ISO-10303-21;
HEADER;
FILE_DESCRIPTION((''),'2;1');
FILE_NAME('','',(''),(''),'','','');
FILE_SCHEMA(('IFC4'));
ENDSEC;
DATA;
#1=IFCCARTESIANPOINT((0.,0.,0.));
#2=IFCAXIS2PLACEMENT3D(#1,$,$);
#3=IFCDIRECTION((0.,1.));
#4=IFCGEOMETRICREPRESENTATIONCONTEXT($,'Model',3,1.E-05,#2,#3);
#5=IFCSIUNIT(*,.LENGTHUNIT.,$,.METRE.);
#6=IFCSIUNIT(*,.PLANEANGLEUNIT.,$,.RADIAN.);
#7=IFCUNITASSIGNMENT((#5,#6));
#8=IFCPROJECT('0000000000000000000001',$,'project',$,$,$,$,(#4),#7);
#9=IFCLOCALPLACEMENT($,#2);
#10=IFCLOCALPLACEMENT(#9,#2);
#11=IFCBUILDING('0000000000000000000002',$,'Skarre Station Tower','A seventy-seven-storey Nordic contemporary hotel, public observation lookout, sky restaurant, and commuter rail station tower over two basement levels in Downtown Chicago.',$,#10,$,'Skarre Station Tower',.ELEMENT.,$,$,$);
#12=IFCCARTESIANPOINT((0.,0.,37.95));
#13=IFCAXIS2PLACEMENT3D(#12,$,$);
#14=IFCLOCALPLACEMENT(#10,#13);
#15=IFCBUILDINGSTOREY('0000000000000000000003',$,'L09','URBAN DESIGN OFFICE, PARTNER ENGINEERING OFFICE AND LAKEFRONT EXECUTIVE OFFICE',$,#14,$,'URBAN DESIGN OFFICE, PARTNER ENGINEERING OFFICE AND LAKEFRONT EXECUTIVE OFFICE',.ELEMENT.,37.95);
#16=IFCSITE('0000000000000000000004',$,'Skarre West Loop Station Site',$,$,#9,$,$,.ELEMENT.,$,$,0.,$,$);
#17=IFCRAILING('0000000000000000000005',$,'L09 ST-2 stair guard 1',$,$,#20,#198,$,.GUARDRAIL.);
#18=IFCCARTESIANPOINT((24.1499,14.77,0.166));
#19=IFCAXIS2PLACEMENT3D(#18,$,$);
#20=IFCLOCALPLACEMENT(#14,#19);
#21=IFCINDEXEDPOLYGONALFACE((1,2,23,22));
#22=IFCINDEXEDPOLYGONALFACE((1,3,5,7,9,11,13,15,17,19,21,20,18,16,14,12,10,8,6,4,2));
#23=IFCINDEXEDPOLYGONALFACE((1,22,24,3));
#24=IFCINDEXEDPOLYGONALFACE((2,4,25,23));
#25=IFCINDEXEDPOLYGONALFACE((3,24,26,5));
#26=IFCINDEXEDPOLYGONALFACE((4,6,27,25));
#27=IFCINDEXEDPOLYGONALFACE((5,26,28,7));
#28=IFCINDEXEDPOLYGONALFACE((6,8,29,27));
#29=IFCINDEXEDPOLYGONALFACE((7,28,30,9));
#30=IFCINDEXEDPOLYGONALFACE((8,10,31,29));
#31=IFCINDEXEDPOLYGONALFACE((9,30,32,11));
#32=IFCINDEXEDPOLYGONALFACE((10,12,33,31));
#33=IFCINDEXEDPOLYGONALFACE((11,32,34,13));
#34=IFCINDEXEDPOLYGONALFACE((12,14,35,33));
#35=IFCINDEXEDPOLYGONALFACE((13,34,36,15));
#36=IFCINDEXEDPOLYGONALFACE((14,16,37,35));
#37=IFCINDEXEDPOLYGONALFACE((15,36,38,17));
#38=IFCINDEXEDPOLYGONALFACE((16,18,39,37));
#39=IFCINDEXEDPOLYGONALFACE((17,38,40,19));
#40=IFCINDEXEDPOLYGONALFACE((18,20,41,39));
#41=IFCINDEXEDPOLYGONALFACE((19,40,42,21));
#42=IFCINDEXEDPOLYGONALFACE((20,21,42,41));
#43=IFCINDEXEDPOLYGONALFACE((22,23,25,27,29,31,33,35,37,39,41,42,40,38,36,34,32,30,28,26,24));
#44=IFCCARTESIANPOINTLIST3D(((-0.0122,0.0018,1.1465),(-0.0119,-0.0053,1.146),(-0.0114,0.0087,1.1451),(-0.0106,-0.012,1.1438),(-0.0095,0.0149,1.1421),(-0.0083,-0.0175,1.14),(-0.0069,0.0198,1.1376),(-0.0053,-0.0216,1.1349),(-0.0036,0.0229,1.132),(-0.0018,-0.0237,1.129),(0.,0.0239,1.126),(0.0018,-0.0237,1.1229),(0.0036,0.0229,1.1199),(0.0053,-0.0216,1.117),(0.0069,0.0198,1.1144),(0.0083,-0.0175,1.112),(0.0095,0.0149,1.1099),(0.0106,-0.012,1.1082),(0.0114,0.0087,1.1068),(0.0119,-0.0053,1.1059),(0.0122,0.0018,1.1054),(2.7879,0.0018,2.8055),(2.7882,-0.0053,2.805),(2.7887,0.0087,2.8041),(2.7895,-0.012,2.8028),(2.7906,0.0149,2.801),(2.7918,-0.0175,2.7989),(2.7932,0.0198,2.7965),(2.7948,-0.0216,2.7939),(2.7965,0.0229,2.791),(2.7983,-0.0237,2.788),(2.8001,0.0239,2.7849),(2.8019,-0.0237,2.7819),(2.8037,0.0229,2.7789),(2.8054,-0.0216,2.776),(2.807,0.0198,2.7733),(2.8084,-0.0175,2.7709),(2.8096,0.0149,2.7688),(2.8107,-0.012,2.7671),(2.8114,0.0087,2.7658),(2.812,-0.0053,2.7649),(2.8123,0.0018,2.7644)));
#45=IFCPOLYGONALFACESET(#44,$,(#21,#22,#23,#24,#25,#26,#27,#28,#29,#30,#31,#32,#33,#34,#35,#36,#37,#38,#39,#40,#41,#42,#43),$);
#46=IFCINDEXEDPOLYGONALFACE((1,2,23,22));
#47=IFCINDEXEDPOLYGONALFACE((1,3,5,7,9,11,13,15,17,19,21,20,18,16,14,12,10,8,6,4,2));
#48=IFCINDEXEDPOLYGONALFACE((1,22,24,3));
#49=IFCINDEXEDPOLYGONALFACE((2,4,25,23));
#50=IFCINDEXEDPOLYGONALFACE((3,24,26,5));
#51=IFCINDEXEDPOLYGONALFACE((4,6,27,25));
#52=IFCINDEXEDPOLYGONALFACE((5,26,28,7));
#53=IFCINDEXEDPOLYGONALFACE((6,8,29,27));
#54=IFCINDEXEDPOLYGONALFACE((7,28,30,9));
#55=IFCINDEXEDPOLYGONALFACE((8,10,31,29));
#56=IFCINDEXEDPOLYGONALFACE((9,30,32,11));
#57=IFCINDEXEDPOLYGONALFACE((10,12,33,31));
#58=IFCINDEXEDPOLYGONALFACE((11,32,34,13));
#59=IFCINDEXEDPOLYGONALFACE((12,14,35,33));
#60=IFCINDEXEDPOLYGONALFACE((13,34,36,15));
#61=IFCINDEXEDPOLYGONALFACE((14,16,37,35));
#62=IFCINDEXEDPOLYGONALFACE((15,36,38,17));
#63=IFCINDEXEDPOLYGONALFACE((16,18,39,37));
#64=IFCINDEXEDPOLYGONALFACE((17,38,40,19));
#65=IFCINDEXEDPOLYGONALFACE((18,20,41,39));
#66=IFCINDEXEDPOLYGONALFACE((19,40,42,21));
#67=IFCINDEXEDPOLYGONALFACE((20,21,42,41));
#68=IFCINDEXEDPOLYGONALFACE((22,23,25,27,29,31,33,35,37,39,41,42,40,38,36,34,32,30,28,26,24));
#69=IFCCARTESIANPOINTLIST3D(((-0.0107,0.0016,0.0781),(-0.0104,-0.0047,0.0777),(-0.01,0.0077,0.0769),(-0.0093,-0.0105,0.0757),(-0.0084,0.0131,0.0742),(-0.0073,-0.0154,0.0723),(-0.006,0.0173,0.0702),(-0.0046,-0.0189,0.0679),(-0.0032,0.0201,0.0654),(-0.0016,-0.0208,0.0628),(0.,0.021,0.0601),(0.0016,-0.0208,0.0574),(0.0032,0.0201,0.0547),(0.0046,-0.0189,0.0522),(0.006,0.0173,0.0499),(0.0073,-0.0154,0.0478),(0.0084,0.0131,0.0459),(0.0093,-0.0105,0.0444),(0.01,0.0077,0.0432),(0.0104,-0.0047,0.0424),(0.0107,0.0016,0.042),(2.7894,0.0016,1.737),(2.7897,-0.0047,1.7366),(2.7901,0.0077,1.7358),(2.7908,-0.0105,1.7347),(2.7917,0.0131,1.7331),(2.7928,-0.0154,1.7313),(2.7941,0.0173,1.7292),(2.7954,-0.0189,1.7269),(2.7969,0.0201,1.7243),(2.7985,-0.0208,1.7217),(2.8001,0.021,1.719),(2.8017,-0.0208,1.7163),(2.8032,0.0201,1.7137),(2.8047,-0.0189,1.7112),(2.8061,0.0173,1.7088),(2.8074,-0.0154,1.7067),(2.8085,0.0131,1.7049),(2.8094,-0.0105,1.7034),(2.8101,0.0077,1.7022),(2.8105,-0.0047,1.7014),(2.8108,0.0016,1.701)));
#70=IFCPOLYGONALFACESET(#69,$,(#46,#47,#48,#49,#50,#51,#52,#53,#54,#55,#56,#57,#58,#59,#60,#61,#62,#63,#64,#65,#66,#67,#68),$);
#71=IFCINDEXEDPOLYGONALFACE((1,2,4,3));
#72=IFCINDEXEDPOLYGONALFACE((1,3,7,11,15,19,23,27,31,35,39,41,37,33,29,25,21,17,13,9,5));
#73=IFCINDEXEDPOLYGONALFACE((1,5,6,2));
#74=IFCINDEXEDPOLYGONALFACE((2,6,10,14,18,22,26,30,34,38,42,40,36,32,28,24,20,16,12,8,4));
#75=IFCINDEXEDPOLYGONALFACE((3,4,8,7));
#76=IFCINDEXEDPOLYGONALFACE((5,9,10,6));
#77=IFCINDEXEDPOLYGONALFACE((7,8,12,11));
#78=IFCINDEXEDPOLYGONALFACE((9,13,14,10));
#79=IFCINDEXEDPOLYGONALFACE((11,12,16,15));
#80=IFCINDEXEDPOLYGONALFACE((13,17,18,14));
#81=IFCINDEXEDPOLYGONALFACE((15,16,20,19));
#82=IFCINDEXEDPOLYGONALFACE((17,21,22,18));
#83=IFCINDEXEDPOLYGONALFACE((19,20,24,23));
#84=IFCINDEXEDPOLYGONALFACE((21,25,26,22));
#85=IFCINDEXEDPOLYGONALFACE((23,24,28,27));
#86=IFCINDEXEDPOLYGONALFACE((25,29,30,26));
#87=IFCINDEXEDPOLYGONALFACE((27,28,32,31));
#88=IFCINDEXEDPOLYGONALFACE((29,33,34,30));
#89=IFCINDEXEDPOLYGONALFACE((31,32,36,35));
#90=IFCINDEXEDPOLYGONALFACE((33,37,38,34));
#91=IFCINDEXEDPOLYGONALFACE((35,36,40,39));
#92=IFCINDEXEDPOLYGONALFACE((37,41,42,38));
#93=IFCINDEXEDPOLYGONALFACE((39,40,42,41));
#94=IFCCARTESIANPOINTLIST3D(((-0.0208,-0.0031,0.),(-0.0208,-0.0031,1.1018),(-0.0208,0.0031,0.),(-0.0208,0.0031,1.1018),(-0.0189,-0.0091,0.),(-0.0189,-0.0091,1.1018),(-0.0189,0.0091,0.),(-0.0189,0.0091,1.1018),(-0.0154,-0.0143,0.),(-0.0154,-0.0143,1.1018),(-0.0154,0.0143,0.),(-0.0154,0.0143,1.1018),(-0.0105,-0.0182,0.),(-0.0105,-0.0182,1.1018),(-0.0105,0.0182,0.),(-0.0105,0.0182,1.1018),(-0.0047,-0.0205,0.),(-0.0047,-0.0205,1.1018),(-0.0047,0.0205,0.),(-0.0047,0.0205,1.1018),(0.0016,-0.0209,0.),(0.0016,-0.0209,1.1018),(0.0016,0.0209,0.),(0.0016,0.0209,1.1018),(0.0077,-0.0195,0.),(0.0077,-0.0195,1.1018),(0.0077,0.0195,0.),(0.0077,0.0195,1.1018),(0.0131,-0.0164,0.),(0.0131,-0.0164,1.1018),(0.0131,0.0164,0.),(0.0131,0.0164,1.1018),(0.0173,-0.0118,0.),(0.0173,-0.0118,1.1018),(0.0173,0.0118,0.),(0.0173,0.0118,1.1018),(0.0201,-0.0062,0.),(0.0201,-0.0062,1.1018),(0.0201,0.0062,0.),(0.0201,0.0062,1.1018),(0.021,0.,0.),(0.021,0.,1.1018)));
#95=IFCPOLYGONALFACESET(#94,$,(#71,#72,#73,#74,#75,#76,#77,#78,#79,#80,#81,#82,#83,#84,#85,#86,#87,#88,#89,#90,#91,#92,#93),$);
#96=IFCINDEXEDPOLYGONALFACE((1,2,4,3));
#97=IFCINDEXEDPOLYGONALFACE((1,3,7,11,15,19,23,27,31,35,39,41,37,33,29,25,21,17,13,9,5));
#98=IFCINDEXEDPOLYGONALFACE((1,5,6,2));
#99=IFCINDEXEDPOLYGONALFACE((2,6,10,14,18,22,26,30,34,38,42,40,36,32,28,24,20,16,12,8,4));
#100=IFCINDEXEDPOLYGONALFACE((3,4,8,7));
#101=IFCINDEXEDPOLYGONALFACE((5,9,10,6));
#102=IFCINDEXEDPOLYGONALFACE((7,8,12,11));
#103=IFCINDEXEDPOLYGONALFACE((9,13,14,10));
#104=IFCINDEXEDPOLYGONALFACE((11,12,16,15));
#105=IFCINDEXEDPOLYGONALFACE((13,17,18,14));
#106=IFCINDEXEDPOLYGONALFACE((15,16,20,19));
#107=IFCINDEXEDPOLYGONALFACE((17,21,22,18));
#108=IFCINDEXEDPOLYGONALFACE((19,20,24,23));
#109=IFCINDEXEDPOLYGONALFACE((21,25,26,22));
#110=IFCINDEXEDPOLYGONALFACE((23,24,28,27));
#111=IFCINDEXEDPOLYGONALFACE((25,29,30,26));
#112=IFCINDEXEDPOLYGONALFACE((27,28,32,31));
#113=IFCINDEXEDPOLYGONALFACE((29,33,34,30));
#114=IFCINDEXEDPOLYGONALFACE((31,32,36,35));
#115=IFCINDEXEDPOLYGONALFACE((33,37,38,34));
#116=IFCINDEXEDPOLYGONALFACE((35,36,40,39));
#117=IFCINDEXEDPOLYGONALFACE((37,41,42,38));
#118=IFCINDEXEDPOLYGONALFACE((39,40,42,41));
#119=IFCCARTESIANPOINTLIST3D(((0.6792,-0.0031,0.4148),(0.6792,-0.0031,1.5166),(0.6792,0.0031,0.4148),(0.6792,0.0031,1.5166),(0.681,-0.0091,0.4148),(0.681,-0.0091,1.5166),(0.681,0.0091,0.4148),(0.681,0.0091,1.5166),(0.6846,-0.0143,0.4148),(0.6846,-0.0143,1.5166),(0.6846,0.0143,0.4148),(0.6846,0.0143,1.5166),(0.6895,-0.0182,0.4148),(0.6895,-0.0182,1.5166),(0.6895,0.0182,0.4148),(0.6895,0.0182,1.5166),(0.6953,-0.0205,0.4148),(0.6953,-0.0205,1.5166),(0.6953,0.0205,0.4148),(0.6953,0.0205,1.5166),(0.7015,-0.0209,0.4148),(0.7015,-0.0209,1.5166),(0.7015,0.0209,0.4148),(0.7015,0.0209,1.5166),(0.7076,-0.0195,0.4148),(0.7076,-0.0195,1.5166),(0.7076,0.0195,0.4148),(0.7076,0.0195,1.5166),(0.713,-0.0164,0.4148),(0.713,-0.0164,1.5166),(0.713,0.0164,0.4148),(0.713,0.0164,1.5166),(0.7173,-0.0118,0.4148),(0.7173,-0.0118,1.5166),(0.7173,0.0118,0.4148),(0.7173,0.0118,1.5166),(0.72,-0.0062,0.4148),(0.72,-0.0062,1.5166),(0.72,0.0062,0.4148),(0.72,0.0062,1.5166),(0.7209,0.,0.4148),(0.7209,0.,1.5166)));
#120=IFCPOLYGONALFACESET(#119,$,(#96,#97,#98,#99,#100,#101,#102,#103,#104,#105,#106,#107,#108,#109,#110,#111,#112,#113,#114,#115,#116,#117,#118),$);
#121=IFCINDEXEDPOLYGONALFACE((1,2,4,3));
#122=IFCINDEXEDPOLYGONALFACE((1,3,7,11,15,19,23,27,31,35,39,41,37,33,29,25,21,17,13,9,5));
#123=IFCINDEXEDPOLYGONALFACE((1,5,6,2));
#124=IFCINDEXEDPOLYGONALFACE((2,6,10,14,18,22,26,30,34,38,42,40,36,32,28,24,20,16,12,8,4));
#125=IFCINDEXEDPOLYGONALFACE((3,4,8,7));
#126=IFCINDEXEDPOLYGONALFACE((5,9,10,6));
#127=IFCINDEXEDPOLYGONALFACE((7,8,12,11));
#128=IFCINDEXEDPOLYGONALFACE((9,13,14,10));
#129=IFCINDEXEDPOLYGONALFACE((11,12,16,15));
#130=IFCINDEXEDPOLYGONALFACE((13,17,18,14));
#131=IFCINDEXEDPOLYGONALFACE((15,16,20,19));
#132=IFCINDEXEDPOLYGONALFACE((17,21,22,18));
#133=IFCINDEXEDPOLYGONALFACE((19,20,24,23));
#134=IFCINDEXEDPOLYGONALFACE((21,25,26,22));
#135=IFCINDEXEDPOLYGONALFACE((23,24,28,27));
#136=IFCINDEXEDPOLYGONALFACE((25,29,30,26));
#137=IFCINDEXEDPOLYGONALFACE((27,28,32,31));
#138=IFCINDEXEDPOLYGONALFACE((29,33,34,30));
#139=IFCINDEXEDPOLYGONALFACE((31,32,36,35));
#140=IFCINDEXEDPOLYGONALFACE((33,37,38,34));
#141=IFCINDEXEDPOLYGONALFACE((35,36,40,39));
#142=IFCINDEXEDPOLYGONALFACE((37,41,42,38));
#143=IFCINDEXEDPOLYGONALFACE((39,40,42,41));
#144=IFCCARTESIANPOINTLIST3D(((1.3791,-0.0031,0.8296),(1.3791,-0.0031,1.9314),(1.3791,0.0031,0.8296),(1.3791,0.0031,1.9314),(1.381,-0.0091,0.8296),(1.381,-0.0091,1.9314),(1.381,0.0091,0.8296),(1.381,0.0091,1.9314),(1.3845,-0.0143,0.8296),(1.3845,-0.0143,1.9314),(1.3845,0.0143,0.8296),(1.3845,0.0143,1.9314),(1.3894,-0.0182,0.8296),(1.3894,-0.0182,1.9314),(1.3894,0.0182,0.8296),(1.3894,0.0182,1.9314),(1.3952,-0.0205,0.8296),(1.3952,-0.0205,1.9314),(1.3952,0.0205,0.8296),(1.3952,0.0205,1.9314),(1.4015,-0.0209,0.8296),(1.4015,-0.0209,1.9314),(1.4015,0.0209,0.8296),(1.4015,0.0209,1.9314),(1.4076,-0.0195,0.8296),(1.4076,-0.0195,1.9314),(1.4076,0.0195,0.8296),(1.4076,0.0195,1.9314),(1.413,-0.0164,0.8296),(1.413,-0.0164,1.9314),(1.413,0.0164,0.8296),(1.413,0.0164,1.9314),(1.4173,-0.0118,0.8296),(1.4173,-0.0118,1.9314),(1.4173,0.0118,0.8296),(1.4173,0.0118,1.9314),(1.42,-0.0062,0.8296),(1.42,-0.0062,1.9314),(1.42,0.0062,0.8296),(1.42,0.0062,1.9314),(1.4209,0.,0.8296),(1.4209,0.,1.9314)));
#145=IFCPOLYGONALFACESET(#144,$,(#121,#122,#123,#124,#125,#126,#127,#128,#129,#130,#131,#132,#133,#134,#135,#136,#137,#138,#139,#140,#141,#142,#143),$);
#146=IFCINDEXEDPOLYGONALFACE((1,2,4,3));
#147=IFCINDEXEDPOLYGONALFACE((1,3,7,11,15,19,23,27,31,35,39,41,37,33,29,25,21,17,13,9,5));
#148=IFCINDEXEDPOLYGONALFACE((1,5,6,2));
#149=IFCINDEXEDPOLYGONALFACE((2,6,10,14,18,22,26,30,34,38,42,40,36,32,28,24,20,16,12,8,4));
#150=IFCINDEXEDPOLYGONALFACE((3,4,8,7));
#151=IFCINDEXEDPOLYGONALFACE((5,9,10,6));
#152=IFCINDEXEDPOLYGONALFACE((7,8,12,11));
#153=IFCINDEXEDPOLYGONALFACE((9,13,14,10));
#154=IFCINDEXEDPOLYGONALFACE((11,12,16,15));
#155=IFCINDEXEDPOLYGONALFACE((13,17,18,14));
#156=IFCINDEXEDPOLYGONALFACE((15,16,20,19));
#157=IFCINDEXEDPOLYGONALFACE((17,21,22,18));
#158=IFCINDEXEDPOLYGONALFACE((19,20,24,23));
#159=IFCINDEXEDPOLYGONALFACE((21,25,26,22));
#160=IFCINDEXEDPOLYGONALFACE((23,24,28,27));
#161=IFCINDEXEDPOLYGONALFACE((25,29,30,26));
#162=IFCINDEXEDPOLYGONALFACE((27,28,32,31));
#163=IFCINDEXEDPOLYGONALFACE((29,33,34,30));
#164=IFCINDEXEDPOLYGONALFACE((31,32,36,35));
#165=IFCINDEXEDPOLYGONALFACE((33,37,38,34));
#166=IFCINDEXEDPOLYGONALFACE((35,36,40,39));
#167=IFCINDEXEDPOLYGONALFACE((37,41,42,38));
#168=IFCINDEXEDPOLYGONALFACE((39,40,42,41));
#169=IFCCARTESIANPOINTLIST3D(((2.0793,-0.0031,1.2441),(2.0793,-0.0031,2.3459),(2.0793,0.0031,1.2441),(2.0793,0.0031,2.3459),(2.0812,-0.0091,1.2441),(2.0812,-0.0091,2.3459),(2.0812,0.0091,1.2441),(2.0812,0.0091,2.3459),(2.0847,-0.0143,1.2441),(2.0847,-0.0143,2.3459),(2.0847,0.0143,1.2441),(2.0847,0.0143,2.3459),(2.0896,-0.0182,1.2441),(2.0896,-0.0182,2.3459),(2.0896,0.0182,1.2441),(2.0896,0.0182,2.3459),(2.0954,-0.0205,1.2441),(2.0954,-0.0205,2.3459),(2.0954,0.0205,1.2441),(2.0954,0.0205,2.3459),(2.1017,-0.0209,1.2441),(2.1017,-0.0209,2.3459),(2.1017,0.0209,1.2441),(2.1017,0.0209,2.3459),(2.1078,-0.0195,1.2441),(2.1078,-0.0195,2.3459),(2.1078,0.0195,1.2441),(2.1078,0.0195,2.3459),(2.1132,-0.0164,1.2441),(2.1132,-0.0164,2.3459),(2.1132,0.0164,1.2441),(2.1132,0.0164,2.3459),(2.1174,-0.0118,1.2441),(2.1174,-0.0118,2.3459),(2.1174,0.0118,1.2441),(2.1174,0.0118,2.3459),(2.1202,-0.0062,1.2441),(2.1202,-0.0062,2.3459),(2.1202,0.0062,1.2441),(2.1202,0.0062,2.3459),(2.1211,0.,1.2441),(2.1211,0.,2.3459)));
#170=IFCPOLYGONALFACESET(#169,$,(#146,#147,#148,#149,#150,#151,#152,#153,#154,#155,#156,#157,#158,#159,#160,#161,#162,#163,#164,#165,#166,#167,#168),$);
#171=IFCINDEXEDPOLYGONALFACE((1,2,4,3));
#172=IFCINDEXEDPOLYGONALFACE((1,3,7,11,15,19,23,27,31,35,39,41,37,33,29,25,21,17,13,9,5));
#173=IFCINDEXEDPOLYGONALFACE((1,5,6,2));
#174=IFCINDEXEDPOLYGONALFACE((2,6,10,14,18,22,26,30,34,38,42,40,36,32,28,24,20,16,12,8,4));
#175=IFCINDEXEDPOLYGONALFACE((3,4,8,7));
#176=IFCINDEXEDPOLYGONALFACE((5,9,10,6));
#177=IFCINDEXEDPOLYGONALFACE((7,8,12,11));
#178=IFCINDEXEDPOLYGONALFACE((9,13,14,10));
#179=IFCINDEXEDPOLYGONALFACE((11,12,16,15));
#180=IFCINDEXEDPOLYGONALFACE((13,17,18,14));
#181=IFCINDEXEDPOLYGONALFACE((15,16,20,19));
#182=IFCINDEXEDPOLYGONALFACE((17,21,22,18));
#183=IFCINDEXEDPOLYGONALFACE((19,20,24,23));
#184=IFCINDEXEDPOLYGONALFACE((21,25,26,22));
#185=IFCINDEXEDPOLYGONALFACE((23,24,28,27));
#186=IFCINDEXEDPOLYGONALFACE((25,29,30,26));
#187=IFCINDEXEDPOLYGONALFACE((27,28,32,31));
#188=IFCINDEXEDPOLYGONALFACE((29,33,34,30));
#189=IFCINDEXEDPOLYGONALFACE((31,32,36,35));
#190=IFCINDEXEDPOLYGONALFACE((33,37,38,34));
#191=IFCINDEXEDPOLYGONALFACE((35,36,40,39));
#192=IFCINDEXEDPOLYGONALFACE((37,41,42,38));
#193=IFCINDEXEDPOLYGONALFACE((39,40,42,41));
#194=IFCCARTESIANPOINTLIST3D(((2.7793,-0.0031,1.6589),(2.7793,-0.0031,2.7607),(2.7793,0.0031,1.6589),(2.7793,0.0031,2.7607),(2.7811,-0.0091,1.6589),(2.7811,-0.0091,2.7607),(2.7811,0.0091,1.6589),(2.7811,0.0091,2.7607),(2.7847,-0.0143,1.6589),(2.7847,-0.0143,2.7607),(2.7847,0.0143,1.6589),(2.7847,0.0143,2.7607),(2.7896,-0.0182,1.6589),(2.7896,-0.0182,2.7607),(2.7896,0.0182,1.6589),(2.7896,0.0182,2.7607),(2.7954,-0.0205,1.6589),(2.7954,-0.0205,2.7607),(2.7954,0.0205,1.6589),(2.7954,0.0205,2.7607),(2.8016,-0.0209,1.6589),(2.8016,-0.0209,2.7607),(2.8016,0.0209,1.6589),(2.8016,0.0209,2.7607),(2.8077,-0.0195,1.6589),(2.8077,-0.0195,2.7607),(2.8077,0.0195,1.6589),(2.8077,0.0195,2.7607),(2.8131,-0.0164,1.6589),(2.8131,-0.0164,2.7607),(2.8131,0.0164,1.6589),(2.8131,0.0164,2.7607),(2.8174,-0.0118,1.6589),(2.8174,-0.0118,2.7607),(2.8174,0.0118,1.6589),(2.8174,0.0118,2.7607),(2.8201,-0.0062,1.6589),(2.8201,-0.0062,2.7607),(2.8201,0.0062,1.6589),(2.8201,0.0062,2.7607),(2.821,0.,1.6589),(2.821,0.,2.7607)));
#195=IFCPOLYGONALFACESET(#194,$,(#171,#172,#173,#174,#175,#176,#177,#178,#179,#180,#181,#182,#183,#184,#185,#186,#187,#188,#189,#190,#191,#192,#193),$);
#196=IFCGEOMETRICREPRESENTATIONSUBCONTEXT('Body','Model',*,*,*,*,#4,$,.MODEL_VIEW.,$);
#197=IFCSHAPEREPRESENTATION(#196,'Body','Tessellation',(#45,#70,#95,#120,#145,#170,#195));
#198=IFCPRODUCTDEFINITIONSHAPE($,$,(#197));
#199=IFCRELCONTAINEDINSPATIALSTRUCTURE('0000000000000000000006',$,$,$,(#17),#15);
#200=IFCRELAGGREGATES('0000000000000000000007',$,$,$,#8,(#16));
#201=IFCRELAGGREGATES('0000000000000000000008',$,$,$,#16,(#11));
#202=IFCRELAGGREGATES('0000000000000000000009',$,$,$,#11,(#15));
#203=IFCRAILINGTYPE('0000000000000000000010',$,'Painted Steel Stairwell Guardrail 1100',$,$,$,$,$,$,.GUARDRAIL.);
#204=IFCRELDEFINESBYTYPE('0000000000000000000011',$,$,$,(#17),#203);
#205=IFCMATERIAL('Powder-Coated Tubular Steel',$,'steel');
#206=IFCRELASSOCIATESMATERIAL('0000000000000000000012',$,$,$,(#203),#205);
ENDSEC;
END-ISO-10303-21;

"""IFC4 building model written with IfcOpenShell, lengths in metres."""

from ifc_helpers import new_model, si_unit, direction, frame, origin, origin_2d, place, context, subcontext, project, spatial, circle, extrude, material, type_object, element, save


model = new_model("IFC4")

# Units and contexts
model_context = context("Model", 3, precision=1e-05, world=origin(), true_north=direction((0.0, 1.0)))
body_context = subcontext(model_context, "Body", "Model", "MODEL_VIEW")
ifc_project = project(units=[si_unit("LENGTHUNIT", "METRE"), si_unit("PLANEANGLEUNIT", "RADIAN")], contexts=[model_context])

# Site, building, storey
site_placement = place(None, origin())
site = spatial("IfcSite", under=ifc_project, at=site_placement, Name="Skarre West Loop Station Site", CompositionType="ELEMENT", RefElevation=0.0)
building_placement = place(site_placement, origin())
building = spatial("IfcBuilding", under=site, at=building_placement, Name="Skarre Station Tower", Description="A seventy-seven-storey Nordic contemporary hotel, public observation lookout, sky restaurant, and commuter rail station tower over two basement levels in Downtown Chicago.", LongName="Skarre Station Tower", CompositionType="ELEMENT")
storey_placement = place(building_placement, frame((0.0, 0.0, 37.95)))
storey = spatial("IfcBuildingStorey", under=building, at=storey_placement, Name="L09", Description="URBAN DESIGN OFFICE, PARTNER ENGINEERING OFFICE AND LAKEFRONT EXECUTIVE OFFICE", LongName="URBAN DESIGN OFFICE, PARTNER ENGINEERING OFFICE AND LAKEFRONT EXECUTIVE OFFICE", CompositionType="ELEMENT", Elevation=37.95)

# Railing
ifc_material_1 = material(Name="Powder-Coated Tubular Steel", Category="steel")
railing_type_1 = type_object("IfcRailingType", Name="Painted Steel Stairwell Guardrail 1100", PredefinedType="GUARDRAIL", material=ifc_material_1)
railing_1_placement = place(storey_placement, frame((24.1499, 14.77, 0.166)))
element("IfcRailing", 1, at=railing_1_placement, inside=storey, type_object=railing_type_1, Name="L09 ST-2 stair guard 1", PredefinedType="GUARDRAIL", context=body_context, shape_type="SweptSolid", body=[
    extrude(circle(Radius=0.0239, at=origin_2d()), frame((0.0, 0.0, 1.126), z_axis=(0.860339, 0.0, 0.509722), x_axis=(0.0, 1.0, 0.0)), (0.0, 0.0, 1.0), 3.2546),
    extrude(circle(Radius=0.021, at=origin_2d()), frame((0.0, 0.0, 0.0601), z_axis=(0.860339, 0.0, 0.509722), x_axis=(0.0, 1.0, 0.0)), (0.0, 0.0, 1.0), 3.2546),
    extrude(circle(Radius=0.021, at=origin_2d()), origin(), (0.0, 0.0, 1.0), 1.1018),
    extrude(circle(Radius=0.021, at=origin_2d()), frame((0.7, 0.0, 0.4148)), (0.0, 0.0, 1.0), 1.1018),
    extrude(circle(Radius=0.021, at=origin_2d()), frame((1.3999, 0.0, 0.8296)), (0.0, 0.0, 1.0), 1.1018),
    extrude(circle(Radius=0.021, at=origin_2d()), frame((2.1001, 0.0, 1.2441)), (0.0, 0.0, 1.0), 1.1018),
    extrude(circle(Radius=0.021, at=origin_2d()), frame((2.8, 0.0, 1.6589)), (0.0, 0.0, 1.0), 1.1018),
])

save(model, "model.ifc")
